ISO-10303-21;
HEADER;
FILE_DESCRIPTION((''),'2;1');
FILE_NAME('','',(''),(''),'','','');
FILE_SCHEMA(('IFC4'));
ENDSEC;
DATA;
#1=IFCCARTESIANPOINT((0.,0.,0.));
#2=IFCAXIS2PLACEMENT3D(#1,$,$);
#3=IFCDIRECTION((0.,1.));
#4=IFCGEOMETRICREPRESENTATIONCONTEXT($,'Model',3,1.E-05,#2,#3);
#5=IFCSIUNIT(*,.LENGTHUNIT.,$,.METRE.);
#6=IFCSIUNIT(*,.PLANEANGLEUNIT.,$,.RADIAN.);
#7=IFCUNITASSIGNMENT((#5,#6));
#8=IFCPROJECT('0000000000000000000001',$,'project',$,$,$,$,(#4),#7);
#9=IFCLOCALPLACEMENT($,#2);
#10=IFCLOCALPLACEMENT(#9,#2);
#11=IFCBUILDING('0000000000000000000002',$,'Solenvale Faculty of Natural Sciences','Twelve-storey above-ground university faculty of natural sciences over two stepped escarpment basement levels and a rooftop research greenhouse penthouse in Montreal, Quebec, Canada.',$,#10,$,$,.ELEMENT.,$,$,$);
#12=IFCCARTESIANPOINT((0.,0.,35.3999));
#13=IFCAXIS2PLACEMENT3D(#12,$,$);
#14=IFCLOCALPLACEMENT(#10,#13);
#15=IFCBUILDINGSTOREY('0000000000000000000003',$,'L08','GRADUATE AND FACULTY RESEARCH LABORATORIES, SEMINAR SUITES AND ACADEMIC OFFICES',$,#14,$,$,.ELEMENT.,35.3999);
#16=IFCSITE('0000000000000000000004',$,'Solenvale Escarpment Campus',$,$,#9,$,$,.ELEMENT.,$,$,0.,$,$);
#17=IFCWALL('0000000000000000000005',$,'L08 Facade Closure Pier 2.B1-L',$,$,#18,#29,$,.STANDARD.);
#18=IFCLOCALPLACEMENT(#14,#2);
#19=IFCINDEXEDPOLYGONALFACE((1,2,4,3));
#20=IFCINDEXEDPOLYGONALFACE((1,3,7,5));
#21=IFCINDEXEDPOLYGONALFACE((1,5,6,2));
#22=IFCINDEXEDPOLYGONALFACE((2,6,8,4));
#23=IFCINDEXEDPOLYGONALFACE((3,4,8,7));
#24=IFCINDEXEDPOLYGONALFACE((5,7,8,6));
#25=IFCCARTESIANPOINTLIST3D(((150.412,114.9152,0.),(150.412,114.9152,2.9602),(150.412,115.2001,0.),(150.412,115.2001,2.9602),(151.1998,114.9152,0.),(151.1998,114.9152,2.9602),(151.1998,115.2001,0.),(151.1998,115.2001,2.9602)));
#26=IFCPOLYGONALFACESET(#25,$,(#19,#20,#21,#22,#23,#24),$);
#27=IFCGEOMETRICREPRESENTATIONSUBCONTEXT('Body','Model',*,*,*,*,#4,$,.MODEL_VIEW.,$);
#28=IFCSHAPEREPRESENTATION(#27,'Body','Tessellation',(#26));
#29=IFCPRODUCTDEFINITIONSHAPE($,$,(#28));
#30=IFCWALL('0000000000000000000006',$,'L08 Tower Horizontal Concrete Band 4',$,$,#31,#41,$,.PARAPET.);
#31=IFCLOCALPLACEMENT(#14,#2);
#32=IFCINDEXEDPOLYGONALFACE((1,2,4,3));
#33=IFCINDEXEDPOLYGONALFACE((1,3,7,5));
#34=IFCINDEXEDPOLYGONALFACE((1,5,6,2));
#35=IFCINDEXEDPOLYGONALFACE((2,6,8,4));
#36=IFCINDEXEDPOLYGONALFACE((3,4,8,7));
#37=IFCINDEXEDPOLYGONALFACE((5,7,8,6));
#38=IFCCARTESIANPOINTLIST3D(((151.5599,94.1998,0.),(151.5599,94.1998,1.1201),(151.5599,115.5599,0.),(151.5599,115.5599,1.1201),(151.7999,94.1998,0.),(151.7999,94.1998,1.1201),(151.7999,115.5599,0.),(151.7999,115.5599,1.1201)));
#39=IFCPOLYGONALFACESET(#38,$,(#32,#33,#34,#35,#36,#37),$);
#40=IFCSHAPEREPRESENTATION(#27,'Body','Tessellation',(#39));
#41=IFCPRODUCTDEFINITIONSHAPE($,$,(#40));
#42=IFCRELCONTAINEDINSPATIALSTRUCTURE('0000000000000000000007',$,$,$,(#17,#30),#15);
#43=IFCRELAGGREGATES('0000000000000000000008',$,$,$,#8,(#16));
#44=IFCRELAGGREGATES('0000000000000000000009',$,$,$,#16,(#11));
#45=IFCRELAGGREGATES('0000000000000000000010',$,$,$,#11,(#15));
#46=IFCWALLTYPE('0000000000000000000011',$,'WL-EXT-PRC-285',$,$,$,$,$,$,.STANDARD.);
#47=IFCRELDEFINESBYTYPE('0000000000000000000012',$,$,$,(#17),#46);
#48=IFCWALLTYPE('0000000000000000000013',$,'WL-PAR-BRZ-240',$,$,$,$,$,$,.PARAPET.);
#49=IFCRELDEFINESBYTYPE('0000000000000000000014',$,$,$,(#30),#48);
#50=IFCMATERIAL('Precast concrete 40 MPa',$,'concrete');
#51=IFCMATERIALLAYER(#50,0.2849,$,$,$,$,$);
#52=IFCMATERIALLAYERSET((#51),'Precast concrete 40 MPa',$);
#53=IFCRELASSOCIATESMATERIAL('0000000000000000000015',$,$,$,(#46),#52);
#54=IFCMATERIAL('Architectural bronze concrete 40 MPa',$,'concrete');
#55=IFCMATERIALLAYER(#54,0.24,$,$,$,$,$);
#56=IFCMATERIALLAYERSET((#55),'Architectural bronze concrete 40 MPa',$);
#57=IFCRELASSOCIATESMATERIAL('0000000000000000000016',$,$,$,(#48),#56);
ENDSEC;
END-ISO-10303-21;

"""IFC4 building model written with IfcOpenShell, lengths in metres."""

from ifc_helpers import new_model, si_unit, direction, frame, frame_2d, origin, place, context, subcontext, project, spatial, rectangle, extrude, material, layer, layer_set, type_object, element, save


model = new_model("IFC4")

# Units and contexts
model_context = context("Model", 3, precision=1e-05, world=origin(), true_north=direction((0.0, 1.0)))
body_context = subcontext(model_context, "Body", "Model", "MODEL_VIEW")
ifc_project = project(units=[si_unit("LENGTHUNIT", "METRE"), si_unit("PLANEANGLEUNIT", "RADIAN")], contexts=[model_context])

# Site, building, storey
site_placement = place(None, origin())
site = spatial("IfcSite", under=ifc_project, at=site_placement, Name="Solenvale Escarpment Campus", CompositionType="ELEMENT", RefElevation=0.0)
building_placement = place(site_placement, origin())
building = spatial("IfcBuilding", under=site, at=building_placement, Name="Solenvale Faculty of Natural Sciences", Description="Twelve-storey above-ground university faculty of natural sciences over two stepped escarpment basement levels and a rooftop research greenhouse penthouse in Montreal, Quebec, Canada.", CompositionType="ELEMENT")
storey_placement = place(building_placement, frame((0.0, 0.0, 35.3999)))
storey = spatial("IfcBuildingStorey", under=building, at=storey_placement, Name="L08", Description="GRADUATE AND FACULTY RESEARCH LABORATORIES, SEMINAR SUITES AND ACADEMIC OFFICES", CompositionType="ELEMENT", Elevation=35.3999)

# Walls
ifc_material_1 = material(Name="Precast concrete 40 MPa", Category="concrete")
ifc_layer_1 = layer(ifc_material_1, 0.2849)
ifc_layer_set_1 = layer_set([ifc_layer_1], Name="Precast concrete 40 MPa")
wall_type_1 = type_object("IfcWallType", Name="WL-EXT-PRC-285", PredefinedType="STANDARD", material=ifc_layer_set_1)
wall_1_placement = place(storey_placement, frame((151.2, 115.0576, 0.0), z_axis=(0.0, 0.0, 1.0), x_axis=(-1.0, 0.0, 0.0)))
element("IfcWall", 1, at=wall_1_placement, inside=storey, type_object=wall_type_1, Name="L08 Facade Closure Pier 2.B1-L", PredefinedType="STANDARD", context=body_context, shape_type="SweptSolid", body=[
    extrude(rectangle(XDim=0.7878, YDim=0.2849, at=frame_2d((0.394, 0.0))), origin(), (0.0, 0.0, 1.0), 2.9602),
])
ifc_material_2 = material(Name="Architectural bronze concrete 40 MPa", Category="concrete")
ifc_layer_2 = layer(ifc_material_2, 0.24)
ifc_layer_set_2 = layer_set([ifc_layer_2], Name="Architectural bronze concrete 40 MPa")
wall_type_2 = type_object("IfcWallType", Name="WL-PAR-BRZ-240", PredefinedType="PARAPET", material=ifc_layer_set_2)
wall_2_placement = place(storey_placement, frame((151.6799, 115.5601, 0.0), z_axis=(0.0, 0.0, 1.0), x_axis=(0.0, -1.0, 0.0)))
element("IfcWall", 2, at=wall_2_placement, inside=storey, type_object=wall_type_2, Name="L08 Tower Horizontal Concrete Band 4", PredefinedType="PARAPET", context=body_context, shape_type="SweptSolid", body=[
    extrude(rectangle(XDim=21.3601, YDim=0.24, at=frame_2d((10.6802, 0.0))), origin(), (0.0, 0.0, 1.0), 1.1201),
])

save(model, "model.ifc")
